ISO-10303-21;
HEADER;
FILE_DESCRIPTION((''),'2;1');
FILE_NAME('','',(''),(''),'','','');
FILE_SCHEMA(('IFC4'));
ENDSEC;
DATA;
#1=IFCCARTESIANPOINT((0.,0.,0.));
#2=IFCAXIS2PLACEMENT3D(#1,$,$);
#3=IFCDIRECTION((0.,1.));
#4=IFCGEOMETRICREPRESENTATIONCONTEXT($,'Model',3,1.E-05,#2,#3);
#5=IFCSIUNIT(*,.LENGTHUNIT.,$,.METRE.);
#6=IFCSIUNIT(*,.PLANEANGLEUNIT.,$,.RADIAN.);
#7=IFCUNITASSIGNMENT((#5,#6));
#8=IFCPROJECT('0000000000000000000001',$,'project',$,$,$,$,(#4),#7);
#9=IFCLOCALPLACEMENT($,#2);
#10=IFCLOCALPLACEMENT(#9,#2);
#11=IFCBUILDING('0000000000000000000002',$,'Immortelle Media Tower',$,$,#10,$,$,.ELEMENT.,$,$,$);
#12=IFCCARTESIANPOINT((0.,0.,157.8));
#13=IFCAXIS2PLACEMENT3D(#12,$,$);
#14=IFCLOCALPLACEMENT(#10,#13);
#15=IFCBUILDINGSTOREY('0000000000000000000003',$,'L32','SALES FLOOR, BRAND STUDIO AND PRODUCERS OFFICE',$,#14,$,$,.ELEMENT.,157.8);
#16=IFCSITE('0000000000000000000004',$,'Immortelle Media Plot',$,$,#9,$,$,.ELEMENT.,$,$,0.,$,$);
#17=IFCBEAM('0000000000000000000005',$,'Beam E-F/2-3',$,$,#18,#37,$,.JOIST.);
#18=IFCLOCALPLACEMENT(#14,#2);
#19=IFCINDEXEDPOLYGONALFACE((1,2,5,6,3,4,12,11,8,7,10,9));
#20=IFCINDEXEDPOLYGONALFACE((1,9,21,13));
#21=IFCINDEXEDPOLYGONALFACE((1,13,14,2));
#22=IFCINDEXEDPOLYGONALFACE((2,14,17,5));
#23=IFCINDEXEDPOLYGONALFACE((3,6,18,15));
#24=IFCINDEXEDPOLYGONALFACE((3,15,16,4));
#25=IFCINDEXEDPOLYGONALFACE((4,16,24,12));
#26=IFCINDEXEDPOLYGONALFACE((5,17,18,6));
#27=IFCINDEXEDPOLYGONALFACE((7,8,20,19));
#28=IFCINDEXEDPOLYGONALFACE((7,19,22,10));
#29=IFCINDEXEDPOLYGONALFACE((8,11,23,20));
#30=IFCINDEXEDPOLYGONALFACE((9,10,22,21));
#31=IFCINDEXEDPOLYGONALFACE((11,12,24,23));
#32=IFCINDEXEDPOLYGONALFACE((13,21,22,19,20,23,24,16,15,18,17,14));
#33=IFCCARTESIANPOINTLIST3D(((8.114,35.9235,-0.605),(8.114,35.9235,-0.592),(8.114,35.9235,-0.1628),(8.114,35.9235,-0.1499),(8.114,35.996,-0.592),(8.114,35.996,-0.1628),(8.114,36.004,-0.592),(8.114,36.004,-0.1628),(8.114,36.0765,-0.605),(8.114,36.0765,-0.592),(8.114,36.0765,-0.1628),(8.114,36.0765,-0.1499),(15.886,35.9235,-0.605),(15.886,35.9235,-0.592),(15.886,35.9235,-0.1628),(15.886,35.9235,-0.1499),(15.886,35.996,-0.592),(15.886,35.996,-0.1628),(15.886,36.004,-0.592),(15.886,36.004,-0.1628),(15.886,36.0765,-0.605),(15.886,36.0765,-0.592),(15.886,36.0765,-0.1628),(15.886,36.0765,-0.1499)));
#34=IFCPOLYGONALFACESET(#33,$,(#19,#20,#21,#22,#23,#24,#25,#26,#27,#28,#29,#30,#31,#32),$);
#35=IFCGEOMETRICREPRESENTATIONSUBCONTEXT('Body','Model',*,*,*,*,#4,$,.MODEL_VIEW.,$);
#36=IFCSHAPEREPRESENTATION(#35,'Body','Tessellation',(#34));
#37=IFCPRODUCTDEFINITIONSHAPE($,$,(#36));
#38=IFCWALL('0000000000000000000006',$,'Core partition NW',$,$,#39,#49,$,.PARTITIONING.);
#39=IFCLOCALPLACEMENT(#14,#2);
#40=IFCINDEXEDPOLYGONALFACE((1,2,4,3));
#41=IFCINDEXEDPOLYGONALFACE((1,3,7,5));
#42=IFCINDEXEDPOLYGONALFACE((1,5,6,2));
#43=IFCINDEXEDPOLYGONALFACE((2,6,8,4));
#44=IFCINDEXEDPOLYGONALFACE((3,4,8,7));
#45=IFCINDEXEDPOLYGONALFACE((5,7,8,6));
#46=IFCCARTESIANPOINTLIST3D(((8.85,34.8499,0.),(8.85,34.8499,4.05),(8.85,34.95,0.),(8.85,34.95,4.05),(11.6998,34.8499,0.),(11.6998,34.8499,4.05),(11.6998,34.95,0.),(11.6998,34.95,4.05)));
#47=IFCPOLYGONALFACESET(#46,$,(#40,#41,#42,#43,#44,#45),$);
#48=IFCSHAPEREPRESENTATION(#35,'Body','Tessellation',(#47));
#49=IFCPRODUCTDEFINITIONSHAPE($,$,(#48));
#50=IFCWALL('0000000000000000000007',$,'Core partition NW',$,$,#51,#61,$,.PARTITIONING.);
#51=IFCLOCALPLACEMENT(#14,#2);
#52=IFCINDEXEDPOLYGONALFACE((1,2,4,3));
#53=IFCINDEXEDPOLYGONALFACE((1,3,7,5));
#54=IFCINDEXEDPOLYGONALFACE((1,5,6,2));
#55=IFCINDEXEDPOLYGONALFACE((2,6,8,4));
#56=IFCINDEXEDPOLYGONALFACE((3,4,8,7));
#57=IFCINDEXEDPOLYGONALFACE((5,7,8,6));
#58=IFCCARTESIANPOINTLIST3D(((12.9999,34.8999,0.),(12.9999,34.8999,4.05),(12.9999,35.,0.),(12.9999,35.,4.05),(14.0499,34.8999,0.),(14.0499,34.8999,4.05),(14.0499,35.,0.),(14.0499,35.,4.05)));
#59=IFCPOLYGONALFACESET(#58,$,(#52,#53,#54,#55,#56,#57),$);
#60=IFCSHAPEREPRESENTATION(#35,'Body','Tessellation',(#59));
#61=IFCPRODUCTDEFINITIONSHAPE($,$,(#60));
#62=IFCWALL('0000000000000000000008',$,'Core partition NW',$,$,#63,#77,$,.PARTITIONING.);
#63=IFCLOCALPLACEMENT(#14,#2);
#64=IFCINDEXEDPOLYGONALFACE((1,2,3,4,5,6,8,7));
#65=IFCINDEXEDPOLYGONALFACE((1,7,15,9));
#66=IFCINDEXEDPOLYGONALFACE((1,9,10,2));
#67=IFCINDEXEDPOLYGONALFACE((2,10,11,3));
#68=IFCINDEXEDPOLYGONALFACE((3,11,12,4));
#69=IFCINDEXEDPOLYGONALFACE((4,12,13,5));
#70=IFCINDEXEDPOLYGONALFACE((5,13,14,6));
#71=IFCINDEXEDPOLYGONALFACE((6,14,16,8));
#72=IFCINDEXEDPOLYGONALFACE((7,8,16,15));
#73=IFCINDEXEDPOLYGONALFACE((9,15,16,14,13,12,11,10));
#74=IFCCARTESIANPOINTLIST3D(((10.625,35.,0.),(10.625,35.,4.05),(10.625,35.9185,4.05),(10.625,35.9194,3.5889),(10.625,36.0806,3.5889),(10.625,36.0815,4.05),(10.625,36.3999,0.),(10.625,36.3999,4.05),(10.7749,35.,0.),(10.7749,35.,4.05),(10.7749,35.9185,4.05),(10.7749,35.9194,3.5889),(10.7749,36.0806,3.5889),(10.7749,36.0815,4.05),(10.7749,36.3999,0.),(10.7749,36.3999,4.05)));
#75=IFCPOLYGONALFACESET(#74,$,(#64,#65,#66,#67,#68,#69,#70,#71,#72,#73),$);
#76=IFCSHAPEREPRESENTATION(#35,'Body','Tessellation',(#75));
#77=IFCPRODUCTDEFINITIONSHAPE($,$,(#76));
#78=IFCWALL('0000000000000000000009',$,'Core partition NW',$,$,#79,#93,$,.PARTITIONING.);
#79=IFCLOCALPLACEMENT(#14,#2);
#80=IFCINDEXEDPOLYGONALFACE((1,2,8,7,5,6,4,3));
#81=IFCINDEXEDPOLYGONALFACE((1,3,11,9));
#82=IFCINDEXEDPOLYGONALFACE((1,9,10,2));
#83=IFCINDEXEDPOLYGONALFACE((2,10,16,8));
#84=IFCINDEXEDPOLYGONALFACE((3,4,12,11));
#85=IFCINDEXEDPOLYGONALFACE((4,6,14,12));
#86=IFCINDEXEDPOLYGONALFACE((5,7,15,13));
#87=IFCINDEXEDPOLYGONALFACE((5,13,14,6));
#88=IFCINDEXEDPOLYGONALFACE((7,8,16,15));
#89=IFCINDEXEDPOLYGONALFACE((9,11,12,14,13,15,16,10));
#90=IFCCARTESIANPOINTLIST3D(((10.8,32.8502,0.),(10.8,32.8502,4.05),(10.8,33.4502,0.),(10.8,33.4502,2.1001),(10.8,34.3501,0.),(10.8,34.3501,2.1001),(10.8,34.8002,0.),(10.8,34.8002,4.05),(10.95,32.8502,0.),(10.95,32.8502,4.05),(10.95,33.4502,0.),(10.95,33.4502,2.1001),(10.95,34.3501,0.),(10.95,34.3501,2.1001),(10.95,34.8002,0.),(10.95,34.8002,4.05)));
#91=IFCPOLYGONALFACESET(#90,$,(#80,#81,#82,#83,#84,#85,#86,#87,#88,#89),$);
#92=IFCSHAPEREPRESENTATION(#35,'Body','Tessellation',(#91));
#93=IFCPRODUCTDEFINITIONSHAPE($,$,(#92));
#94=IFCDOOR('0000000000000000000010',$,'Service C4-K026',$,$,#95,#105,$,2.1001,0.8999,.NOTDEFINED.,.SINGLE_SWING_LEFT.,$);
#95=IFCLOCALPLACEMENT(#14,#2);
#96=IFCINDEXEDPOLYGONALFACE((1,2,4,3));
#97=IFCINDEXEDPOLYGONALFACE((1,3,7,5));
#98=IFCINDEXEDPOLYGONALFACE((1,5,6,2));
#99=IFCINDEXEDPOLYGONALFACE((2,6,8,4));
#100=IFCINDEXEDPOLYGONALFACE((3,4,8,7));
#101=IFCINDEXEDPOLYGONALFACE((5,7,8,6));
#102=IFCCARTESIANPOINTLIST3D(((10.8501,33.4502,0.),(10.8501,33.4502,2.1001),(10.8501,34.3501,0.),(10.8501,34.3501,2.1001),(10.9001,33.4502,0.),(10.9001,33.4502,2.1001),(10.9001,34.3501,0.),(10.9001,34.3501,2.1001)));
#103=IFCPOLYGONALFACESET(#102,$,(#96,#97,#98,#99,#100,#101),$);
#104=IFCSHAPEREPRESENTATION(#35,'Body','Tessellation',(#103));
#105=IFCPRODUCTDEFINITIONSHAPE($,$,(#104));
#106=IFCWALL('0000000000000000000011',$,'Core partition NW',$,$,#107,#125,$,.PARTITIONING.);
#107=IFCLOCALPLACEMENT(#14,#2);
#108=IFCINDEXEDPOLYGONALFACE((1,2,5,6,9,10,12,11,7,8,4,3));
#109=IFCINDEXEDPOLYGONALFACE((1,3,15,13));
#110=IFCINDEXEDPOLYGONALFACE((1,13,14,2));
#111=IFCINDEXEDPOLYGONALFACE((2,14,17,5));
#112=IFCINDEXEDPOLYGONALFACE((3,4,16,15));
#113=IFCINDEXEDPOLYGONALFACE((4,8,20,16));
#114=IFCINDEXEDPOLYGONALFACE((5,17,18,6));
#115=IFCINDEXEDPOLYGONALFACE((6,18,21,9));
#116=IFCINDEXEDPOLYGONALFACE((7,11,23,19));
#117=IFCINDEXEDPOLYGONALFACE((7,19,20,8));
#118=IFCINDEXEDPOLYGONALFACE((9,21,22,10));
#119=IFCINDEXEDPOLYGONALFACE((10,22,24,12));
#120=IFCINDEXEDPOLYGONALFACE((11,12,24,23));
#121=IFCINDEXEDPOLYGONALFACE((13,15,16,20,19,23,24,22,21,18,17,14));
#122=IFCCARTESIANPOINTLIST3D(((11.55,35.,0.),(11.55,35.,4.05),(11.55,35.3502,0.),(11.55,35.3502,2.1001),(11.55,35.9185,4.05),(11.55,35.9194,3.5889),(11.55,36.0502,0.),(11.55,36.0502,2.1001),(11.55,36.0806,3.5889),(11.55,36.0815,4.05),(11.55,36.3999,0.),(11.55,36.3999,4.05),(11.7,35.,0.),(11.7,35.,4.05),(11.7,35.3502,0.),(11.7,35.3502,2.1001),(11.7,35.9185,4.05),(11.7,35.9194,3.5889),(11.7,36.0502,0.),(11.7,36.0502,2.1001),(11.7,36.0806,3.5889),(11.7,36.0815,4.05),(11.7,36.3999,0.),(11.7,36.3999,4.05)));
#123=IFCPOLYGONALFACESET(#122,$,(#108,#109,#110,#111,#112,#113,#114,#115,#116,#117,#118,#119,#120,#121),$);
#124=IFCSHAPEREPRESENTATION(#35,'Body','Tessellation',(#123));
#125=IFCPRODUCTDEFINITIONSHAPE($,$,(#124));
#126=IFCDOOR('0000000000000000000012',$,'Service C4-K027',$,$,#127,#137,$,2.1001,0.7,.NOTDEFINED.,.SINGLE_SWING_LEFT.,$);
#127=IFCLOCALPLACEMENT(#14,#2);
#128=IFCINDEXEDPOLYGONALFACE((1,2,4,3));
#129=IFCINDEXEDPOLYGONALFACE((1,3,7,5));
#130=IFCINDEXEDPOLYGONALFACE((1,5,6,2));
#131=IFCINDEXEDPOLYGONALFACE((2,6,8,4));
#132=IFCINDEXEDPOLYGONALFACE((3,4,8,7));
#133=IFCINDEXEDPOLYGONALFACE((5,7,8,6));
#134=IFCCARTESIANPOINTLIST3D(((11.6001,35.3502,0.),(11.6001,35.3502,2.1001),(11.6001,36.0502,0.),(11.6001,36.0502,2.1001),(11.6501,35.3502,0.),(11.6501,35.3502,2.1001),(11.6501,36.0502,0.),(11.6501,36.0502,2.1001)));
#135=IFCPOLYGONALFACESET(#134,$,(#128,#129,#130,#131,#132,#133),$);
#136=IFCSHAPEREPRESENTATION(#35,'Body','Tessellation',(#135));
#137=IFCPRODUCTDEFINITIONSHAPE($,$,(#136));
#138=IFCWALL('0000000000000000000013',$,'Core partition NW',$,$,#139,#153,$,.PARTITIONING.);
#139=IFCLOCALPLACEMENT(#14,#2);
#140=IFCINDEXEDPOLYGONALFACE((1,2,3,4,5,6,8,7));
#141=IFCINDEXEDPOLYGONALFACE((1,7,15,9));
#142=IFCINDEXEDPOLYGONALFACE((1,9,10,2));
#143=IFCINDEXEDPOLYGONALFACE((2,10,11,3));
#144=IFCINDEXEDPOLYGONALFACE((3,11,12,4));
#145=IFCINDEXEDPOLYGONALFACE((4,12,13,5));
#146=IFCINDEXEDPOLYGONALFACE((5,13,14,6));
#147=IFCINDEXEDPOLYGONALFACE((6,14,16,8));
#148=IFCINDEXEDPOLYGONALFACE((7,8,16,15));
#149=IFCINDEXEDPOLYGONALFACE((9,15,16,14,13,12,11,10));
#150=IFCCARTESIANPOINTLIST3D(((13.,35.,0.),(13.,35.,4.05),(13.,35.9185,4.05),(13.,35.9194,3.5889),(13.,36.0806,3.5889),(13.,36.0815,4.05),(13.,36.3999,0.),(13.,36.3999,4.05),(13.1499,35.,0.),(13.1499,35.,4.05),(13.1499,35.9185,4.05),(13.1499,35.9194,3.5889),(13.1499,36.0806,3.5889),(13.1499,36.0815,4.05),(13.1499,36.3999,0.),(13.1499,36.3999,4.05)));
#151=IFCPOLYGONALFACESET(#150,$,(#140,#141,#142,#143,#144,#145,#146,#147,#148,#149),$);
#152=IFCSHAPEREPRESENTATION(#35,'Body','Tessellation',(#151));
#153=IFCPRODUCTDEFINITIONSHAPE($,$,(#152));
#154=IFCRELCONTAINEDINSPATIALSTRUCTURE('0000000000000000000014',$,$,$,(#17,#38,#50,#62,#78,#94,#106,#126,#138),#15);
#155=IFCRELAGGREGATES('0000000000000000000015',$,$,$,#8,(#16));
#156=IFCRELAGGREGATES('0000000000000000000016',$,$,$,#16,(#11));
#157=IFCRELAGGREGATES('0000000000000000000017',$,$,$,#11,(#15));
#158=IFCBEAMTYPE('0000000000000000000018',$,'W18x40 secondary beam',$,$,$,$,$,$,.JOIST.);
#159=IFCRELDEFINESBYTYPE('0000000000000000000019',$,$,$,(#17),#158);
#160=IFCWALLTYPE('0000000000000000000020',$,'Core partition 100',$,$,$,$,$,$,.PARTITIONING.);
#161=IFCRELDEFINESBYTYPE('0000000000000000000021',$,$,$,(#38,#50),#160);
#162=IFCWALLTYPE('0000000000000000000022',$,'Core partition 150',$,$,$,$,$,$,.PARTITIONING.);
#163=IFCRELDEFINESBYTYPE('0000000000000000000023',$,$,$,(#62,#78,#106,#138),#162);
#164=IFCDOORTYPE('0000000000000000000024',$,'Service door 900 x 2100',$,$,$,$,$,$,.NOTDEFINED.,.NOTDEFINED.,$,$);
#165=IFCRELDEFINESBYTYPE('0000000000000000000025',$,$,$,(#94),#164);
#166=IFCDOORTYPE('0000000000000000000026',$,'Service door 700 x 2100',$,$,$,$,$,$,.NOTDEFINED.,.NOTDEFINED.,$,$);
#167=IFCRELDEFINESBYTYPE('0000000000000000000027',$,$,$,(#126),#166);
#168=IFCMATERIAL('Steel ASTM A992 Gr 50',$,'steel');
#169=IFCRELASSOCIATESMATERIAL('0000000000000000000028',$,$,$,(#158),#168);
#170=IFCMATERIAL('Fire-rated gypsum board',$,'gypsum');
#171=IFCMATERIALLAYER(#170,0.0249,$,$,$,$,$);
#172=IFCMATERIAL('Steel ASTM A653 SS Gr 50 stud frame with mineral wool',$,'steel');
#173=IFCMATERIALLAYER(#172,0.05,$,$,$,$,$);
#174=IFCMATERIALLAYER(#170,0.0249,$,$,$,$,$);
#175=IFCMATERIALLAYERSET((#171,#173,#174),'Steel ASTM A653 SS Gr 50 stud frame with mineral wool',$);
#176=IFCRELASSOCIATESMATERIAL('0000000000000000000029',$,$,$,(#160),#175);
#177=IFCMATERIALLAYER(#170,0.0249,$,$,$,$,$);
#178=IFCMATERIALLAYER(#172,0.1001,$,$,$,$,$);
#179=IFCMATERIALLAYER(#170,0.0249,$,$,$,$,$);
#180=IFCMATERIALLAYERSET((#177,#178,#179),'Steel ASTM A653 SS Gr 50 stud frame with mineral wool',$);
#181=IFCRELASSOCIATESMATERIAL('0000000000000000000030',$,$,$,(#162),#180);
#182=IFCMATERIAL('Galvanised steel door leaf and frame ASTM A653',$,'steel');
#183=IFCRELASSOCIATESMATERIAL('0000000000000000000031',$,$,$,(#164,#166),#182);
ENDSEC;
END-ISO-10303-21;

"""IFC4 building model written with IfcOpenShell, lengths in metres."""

from ifc_helpers import new_model, si_unit, direction, frame, frame_2d, origin, origin_2d, place, context, subcontext, project, spatial, polyline, rectangle, i_section, outline, extrude, material, layer, layer_set, material_profile, profile_set, type_object, element, fill, save


model = new_model("IFC4")

# Units and contexts
model_context = context("Model", 3, precision=1e-05, world=origin(), true_north=direction((0.0, 1.0)))
body_context = subcontext(model_context, "Body", "Model", "MODEL_VIEW")
ifc_project = project(units=[si_unit("LENGTHUNIT", "METRE"), si_unit("PLANEANGLEUNIT", "RADIAN")], contexts=[model_context])

# Site, building, storey
site_placement = place(None, origin())
site = spatial("IfcSite", under=ifc_project, at=site_placement, Name="Immortelle Media Plot", CompositionType="ELEMENT", RefElevation=0.0)
building_placement = place(site_placement, origin())
building = spatial("IfcBuilding", under=site, at=building_placement, Name="Immortelle Media Tower", CompositionType="ELEMENT")
storey_placement = place(building_placement, frame((0.0, 0.0, 157.8)))
storey = spatial("IfcBuildingStorey", under=building, at=storey_placement, Name="L32", Description="SALES FLOOR, BRAND STUDIO AND PRODUCERS OFFICE", CompositionType="ELEMENT", Elevation=157.8)

# Beam
ifc_material_1 = material(Name="Steel ASTM A992 Gr 50", Category="steel")
ifc_material_profile = material_profile(ifc_material_1, i_section(OverallWidth=0.1531, OverallDepth=0.4551, WebThickness=0.0081, FlangeThickness=0.0129, at=origin_2d()), Name="W18x40")
ifc_profile_set = profile_set([ifc_material_profile], Name="Steel ASTM A992 Gr 50")
beam_type = type_object("IfcBeamType", Name="W18x40 secondary beam", PredefinedType="JOIST", material=ifc_profile_set)
beam_placement = place(storey_placement, frame((8.114, 36.0, -0.3774), z_axis=(1.0, 0.0, 0.0), x_axis=(0.0, 1.0, 0.0)))
element("IfcBeam", 1, at=beam_placement, inside=storey, type_object=beam_type, Name="Beam E-F/2-3", PredefinedType="JOIST", context=body_context, shape_type="SweptSolid", body=[
    extrude(i_section(OverallWidth=0.1531, OverallDepth=0.4551, WebThickness=0.0081, FlangeThickness=0.0129, at=origin_2d()), origin(), (0.0, 0.0, 1.0), 7.772),
])

# Walls
ifc_material_2 = material(Name="Fire-rated gypsum board", Category="gypsum")
ifc_layer_1 = layer(ifc_material_2, 0.0249)
ifc_material_3 = material(Name="Steel ASTM A653 SS Gr 50 stud frame with mineral wool", Category="steel")
ifc_layer_2 = layer(ifc_material_3, 0.05)
ifc_layer_3 = layer(ifc_material_2, 0.0249)
ifc_layer_set_1 = layer_set([ifc_layer_1, ifc_layer_2, ifc_layer_3], Name="Steel ASTM A653 SS Gr 50 stud frame with mineral wool")
wall_type_1 = type_object("IfcWallType", Name="Core partition 100", PredefinedType="PARTITIONING", material=ifc_layer_set_1)
wall_1_placement = place(storey_placement, frame((8.8501, 34.8999, 0.0), z_axis=(0.0, 0.0, 1.0), x_axis=(1.0, 0.0, 0.0)))
element("IfcWall", 2, at=wall_1_placement, inside=storey, type_object=wall_type_1, Name="Core partition NW", PredefinedType="PARTITIONING", context=body_context, shape_type="SweptSolid", body=[
    extrude(rectangle(XDim=2.8499, YDim=0.1001, at=frame_2d((1.4248, 0.0))), origin(), (0.0, 0.0, 1.0), 4.05),
])
wall_2_placement = place(storey_placement, frame((13.0, 34.95, 0.0), z_axis=(0.0, 0.0, 1.0), x_axis=(1.0, 0.0, 0.0)))
element("IfcWall", 3, at=wall_2_placement, inside=storey, type_object=wall_type_1, Name="Core partition NW", PredefinedType="PARTITIONING", context=body_context, shape_type="SweptSolid", body=[
    extrude(rectangle(XDim=1.05, YDim=0.1001, at=frame_2d((0.5249, 0.0))), origin(), (0.0, 0.0, 1.0), 4.05),
])
ifc_layer_4 = layer(ifc_material_2, 0.0249)
ifc_layer_5 = layer(ifc_material_3, 0.1001)
ifc_layer_6 = layer(ifc_material_2, 0.0249)
ifc_layer_set_2 = layer_set([ifc_layer_4, ifc_layer_5, ifc_layer_6], Name="Steel ASTM A653 SS Gr 50 stud frame with mineral wool")
wall_type_2 = type_object("IfcWallType", Name="Core partition 150", PredefinedType="PARTITIONING", material=ifc_layer_set_2)
wall_3_placement = place(storey_placement, frame((10.7, 35.0, 0.0), z_axis=(0.0, 0.0, 1.0), x_axis=(0.0, 1.0, 0.0)))
element("IfcWall", 4, at=wall_3_placement, inside=storey, type_object=wall_type_2, Name="Core partition NW", PredefinedType="PARTITIONING", context=body_context, shape_type="SweptSolid", body=[
    extrude(outline(polyline([(0.0, 0.0), (1.3999, 0.0), (1.3999, 4.05), (1.0815, 4.05), (1.0806, 3.5889), (0.9194, 3.5889), (0.9185, 4.05), (0.0, 4.05), (0.0, 0.0)])), frame((0.0, 0.075, 0.0), z_axis=(0.0, -1.0, 0.0), x_axis=(1.0, 0.0, 0.0)), (0.0, 0.0, 1.0), 0.1499),
])

# Walls, openings, doors
wall_4_placement = place(storey_placement, frame((10.875, 32.8501, 0.0), z_axis=(0.0, 0.0, 1.0), x_axis=(0.0, 1.0, 0.0)))
wall_4 = element("IfcWall", 5, at=wall_4_placement, inside=storey, type_object=wall_type_2, Name="Core partition NW", PredefinedType="PARTITIONING", context=body_context, shape_type="SweptSolid", body=[
    extrude(rectangle(XDim=1.95, YDim=0.1499, at=frame_2d((0.9751, 0.0))), origin(), (0.0, 0.0, 1.0), 4.05),
])
opening_1_placement = place(wall_4_placement, frame((0.6001, 0.0, 0.0)))
opening_1 = element("IfcOpeningElement", 6, at=opening_1_placement, cuts=wall_4, PredefinedType="OPENING", context=body_context, shape_type="SweptSolid", body=[
    extrude(rectangle(XDim=0.8999, YDim=2.1001, at=frame_2d((0.45, 1.05))), frame((0.0, 0.085, 0.0), z_axis=(0.0, -1.0, 0.0), x_axis=(1.0, 0.0, 0.0)), (0.0, 0.0, 1.0), 0.1699),
])
ifc_material_4 = material(Name="Galvanised steel door leaf and frame ASTM A653", Category="steel")
door_type_1 = type_object("IfcDoorType", Name="Service door 900 x 2100", OperationType="NOTDEFINED", PredefinedType="NOTDEFINED", material=ifc_material_4)
door_1_placement = place(opening_1_placement, origin())
door_1 = element("IfcDoor", 7, at=door_1_placement, inside=storey, type_object=door_type_1, Name="Service C4-K026", OperationType="SINGLE_SWING_LEFT", OverallHeight=2.1001, OverallWidth=0.8999, PredefinedType="NOTDEFINED", context=body_context, shape_type="SweptSolid", body=[
    extrude(rectangle(XDim=0.8999, YDim=2.1001, at=frame_2d((0.45, 1.05))), frame((0.0, 0.0249, 0.0), z_axis=(0.0, -1.0, 0.0), x_axis=(1.0, 0.0, 0.0)), (0.0, 0.0, 1.0), 0.05),
])
fill(opening_1, door_1)
wall_5_placement = place(storey_placement, frame((11.625, 35.0, 0.0), z_axis=(0.0, 0.0, 1.0), x_axis=(0.0, 1.0, 0.0)))
wall_5 = element("IfcWall", 8, at=wall_5_placement, inside=storey, type_object=wall_type_2, Name="Core partition NW", PredefinedType="PARTITIONING", context=body_context, shape_type="SweptSolid", body=[
    extrude(outline(polyline([(0.0, 0.0), (1.3999, 0.0), (1.3999, 4.05), (1.0815, 4.05), (1.0806, 3.5889), (0.9194, 3.5889), (0.9185, 4.05), (0.0, 4.05), (0.0, 0.0)])), frame((0.0, 0.075, 0.0), z_axis=(0.0, -1.0, 0.0), x_axis=(1.0, 0.0, 0.0)), (0.0, 0.0, 1.0), 0.1499),
])
opening_2_placement = place(wall_5_placement, frame((0.3501, 0.0, 0.0)))
opening_2 = element("IfcOpeningElement", 9, at=opening_2_placement, cuts=wall_5, PredefinedType="OPENING", context=body_context, shape_type="SweptSolid", body=[
    extrude(rectangle(XDim=0.7, YDim=2.1001, at=frame_2d((0.3501, 1.05))), frame((0.0, 0.085, 0.0), z_axis=(0.0, -1.0, 0.0), x_axis=(1.0, 0.0, 0.0)), (0.0, 0.0, 1.0), 0.1699),
])
door_type_2 = type_object("IfcDoorType", Name="Service door 700 x 2100", OperationType="NOTDEFINED", PredefinedType="NOTDEFINED", material=ifc_material_4)
door_2_placement = place(opening_2_placement, origin())
door_2 = element("IfcDoor", 10, at=door_2_placement, inside=storey, type_object=door_type_2, Name="Service C4-K027", OperationType="SINGLE_SWING_LEFT", OverallHeight=2.1001, OverallWidth=0.7, PredefinedType="NOTDEFINED", context=body_context, shape_type="SweptSolid", body=[
    extrude(rectangle(XDim=0.7, YDim=2.1001, at=frame_2d((0.3501, 1.05))), frame((0.0, 0.0249, 0.0), z_axis=(0.0, -1.0, 0.0), x_axis=(1.0, 0.0, 0.0)), (0.0, 0.0, 1.0), 0.05),
])
fill(opening_2, door_2)

# Wall
wall_6_placement = place(storey_placement, frame((13.075, 35.0, 0.0), z_axis=(0.0, 0.0, 1.0), x_axis=(0.0, 1.0, 0.0)))
element("IfcWall", 11, at=wall_6_placement, inside=storey, type_object=wall_type_2, Name="Core partition NW", PredefinedType="PARTITIONING", context=body_context, shape_type="SweptSolid", body=[
    extrude(outline(polyline([(0.0, 0.0), (1.3999, 0.0), (1.3999, 4.05), (1.0815, 4.05), (1.0806, 3.5889), (0.9194, 3.5889), (0.9185, 4.05), (0.0, 4.05), (0.0, 0.0)])), frame((0.0, 0.075, 0.0), z_axis=(0.0, -1.0, 0.0), x_axis=(1.0, 0.0, 0.0)), (0.0, 0.0, 1.0), 0.1499),
])

save(model, "model.ifc")
